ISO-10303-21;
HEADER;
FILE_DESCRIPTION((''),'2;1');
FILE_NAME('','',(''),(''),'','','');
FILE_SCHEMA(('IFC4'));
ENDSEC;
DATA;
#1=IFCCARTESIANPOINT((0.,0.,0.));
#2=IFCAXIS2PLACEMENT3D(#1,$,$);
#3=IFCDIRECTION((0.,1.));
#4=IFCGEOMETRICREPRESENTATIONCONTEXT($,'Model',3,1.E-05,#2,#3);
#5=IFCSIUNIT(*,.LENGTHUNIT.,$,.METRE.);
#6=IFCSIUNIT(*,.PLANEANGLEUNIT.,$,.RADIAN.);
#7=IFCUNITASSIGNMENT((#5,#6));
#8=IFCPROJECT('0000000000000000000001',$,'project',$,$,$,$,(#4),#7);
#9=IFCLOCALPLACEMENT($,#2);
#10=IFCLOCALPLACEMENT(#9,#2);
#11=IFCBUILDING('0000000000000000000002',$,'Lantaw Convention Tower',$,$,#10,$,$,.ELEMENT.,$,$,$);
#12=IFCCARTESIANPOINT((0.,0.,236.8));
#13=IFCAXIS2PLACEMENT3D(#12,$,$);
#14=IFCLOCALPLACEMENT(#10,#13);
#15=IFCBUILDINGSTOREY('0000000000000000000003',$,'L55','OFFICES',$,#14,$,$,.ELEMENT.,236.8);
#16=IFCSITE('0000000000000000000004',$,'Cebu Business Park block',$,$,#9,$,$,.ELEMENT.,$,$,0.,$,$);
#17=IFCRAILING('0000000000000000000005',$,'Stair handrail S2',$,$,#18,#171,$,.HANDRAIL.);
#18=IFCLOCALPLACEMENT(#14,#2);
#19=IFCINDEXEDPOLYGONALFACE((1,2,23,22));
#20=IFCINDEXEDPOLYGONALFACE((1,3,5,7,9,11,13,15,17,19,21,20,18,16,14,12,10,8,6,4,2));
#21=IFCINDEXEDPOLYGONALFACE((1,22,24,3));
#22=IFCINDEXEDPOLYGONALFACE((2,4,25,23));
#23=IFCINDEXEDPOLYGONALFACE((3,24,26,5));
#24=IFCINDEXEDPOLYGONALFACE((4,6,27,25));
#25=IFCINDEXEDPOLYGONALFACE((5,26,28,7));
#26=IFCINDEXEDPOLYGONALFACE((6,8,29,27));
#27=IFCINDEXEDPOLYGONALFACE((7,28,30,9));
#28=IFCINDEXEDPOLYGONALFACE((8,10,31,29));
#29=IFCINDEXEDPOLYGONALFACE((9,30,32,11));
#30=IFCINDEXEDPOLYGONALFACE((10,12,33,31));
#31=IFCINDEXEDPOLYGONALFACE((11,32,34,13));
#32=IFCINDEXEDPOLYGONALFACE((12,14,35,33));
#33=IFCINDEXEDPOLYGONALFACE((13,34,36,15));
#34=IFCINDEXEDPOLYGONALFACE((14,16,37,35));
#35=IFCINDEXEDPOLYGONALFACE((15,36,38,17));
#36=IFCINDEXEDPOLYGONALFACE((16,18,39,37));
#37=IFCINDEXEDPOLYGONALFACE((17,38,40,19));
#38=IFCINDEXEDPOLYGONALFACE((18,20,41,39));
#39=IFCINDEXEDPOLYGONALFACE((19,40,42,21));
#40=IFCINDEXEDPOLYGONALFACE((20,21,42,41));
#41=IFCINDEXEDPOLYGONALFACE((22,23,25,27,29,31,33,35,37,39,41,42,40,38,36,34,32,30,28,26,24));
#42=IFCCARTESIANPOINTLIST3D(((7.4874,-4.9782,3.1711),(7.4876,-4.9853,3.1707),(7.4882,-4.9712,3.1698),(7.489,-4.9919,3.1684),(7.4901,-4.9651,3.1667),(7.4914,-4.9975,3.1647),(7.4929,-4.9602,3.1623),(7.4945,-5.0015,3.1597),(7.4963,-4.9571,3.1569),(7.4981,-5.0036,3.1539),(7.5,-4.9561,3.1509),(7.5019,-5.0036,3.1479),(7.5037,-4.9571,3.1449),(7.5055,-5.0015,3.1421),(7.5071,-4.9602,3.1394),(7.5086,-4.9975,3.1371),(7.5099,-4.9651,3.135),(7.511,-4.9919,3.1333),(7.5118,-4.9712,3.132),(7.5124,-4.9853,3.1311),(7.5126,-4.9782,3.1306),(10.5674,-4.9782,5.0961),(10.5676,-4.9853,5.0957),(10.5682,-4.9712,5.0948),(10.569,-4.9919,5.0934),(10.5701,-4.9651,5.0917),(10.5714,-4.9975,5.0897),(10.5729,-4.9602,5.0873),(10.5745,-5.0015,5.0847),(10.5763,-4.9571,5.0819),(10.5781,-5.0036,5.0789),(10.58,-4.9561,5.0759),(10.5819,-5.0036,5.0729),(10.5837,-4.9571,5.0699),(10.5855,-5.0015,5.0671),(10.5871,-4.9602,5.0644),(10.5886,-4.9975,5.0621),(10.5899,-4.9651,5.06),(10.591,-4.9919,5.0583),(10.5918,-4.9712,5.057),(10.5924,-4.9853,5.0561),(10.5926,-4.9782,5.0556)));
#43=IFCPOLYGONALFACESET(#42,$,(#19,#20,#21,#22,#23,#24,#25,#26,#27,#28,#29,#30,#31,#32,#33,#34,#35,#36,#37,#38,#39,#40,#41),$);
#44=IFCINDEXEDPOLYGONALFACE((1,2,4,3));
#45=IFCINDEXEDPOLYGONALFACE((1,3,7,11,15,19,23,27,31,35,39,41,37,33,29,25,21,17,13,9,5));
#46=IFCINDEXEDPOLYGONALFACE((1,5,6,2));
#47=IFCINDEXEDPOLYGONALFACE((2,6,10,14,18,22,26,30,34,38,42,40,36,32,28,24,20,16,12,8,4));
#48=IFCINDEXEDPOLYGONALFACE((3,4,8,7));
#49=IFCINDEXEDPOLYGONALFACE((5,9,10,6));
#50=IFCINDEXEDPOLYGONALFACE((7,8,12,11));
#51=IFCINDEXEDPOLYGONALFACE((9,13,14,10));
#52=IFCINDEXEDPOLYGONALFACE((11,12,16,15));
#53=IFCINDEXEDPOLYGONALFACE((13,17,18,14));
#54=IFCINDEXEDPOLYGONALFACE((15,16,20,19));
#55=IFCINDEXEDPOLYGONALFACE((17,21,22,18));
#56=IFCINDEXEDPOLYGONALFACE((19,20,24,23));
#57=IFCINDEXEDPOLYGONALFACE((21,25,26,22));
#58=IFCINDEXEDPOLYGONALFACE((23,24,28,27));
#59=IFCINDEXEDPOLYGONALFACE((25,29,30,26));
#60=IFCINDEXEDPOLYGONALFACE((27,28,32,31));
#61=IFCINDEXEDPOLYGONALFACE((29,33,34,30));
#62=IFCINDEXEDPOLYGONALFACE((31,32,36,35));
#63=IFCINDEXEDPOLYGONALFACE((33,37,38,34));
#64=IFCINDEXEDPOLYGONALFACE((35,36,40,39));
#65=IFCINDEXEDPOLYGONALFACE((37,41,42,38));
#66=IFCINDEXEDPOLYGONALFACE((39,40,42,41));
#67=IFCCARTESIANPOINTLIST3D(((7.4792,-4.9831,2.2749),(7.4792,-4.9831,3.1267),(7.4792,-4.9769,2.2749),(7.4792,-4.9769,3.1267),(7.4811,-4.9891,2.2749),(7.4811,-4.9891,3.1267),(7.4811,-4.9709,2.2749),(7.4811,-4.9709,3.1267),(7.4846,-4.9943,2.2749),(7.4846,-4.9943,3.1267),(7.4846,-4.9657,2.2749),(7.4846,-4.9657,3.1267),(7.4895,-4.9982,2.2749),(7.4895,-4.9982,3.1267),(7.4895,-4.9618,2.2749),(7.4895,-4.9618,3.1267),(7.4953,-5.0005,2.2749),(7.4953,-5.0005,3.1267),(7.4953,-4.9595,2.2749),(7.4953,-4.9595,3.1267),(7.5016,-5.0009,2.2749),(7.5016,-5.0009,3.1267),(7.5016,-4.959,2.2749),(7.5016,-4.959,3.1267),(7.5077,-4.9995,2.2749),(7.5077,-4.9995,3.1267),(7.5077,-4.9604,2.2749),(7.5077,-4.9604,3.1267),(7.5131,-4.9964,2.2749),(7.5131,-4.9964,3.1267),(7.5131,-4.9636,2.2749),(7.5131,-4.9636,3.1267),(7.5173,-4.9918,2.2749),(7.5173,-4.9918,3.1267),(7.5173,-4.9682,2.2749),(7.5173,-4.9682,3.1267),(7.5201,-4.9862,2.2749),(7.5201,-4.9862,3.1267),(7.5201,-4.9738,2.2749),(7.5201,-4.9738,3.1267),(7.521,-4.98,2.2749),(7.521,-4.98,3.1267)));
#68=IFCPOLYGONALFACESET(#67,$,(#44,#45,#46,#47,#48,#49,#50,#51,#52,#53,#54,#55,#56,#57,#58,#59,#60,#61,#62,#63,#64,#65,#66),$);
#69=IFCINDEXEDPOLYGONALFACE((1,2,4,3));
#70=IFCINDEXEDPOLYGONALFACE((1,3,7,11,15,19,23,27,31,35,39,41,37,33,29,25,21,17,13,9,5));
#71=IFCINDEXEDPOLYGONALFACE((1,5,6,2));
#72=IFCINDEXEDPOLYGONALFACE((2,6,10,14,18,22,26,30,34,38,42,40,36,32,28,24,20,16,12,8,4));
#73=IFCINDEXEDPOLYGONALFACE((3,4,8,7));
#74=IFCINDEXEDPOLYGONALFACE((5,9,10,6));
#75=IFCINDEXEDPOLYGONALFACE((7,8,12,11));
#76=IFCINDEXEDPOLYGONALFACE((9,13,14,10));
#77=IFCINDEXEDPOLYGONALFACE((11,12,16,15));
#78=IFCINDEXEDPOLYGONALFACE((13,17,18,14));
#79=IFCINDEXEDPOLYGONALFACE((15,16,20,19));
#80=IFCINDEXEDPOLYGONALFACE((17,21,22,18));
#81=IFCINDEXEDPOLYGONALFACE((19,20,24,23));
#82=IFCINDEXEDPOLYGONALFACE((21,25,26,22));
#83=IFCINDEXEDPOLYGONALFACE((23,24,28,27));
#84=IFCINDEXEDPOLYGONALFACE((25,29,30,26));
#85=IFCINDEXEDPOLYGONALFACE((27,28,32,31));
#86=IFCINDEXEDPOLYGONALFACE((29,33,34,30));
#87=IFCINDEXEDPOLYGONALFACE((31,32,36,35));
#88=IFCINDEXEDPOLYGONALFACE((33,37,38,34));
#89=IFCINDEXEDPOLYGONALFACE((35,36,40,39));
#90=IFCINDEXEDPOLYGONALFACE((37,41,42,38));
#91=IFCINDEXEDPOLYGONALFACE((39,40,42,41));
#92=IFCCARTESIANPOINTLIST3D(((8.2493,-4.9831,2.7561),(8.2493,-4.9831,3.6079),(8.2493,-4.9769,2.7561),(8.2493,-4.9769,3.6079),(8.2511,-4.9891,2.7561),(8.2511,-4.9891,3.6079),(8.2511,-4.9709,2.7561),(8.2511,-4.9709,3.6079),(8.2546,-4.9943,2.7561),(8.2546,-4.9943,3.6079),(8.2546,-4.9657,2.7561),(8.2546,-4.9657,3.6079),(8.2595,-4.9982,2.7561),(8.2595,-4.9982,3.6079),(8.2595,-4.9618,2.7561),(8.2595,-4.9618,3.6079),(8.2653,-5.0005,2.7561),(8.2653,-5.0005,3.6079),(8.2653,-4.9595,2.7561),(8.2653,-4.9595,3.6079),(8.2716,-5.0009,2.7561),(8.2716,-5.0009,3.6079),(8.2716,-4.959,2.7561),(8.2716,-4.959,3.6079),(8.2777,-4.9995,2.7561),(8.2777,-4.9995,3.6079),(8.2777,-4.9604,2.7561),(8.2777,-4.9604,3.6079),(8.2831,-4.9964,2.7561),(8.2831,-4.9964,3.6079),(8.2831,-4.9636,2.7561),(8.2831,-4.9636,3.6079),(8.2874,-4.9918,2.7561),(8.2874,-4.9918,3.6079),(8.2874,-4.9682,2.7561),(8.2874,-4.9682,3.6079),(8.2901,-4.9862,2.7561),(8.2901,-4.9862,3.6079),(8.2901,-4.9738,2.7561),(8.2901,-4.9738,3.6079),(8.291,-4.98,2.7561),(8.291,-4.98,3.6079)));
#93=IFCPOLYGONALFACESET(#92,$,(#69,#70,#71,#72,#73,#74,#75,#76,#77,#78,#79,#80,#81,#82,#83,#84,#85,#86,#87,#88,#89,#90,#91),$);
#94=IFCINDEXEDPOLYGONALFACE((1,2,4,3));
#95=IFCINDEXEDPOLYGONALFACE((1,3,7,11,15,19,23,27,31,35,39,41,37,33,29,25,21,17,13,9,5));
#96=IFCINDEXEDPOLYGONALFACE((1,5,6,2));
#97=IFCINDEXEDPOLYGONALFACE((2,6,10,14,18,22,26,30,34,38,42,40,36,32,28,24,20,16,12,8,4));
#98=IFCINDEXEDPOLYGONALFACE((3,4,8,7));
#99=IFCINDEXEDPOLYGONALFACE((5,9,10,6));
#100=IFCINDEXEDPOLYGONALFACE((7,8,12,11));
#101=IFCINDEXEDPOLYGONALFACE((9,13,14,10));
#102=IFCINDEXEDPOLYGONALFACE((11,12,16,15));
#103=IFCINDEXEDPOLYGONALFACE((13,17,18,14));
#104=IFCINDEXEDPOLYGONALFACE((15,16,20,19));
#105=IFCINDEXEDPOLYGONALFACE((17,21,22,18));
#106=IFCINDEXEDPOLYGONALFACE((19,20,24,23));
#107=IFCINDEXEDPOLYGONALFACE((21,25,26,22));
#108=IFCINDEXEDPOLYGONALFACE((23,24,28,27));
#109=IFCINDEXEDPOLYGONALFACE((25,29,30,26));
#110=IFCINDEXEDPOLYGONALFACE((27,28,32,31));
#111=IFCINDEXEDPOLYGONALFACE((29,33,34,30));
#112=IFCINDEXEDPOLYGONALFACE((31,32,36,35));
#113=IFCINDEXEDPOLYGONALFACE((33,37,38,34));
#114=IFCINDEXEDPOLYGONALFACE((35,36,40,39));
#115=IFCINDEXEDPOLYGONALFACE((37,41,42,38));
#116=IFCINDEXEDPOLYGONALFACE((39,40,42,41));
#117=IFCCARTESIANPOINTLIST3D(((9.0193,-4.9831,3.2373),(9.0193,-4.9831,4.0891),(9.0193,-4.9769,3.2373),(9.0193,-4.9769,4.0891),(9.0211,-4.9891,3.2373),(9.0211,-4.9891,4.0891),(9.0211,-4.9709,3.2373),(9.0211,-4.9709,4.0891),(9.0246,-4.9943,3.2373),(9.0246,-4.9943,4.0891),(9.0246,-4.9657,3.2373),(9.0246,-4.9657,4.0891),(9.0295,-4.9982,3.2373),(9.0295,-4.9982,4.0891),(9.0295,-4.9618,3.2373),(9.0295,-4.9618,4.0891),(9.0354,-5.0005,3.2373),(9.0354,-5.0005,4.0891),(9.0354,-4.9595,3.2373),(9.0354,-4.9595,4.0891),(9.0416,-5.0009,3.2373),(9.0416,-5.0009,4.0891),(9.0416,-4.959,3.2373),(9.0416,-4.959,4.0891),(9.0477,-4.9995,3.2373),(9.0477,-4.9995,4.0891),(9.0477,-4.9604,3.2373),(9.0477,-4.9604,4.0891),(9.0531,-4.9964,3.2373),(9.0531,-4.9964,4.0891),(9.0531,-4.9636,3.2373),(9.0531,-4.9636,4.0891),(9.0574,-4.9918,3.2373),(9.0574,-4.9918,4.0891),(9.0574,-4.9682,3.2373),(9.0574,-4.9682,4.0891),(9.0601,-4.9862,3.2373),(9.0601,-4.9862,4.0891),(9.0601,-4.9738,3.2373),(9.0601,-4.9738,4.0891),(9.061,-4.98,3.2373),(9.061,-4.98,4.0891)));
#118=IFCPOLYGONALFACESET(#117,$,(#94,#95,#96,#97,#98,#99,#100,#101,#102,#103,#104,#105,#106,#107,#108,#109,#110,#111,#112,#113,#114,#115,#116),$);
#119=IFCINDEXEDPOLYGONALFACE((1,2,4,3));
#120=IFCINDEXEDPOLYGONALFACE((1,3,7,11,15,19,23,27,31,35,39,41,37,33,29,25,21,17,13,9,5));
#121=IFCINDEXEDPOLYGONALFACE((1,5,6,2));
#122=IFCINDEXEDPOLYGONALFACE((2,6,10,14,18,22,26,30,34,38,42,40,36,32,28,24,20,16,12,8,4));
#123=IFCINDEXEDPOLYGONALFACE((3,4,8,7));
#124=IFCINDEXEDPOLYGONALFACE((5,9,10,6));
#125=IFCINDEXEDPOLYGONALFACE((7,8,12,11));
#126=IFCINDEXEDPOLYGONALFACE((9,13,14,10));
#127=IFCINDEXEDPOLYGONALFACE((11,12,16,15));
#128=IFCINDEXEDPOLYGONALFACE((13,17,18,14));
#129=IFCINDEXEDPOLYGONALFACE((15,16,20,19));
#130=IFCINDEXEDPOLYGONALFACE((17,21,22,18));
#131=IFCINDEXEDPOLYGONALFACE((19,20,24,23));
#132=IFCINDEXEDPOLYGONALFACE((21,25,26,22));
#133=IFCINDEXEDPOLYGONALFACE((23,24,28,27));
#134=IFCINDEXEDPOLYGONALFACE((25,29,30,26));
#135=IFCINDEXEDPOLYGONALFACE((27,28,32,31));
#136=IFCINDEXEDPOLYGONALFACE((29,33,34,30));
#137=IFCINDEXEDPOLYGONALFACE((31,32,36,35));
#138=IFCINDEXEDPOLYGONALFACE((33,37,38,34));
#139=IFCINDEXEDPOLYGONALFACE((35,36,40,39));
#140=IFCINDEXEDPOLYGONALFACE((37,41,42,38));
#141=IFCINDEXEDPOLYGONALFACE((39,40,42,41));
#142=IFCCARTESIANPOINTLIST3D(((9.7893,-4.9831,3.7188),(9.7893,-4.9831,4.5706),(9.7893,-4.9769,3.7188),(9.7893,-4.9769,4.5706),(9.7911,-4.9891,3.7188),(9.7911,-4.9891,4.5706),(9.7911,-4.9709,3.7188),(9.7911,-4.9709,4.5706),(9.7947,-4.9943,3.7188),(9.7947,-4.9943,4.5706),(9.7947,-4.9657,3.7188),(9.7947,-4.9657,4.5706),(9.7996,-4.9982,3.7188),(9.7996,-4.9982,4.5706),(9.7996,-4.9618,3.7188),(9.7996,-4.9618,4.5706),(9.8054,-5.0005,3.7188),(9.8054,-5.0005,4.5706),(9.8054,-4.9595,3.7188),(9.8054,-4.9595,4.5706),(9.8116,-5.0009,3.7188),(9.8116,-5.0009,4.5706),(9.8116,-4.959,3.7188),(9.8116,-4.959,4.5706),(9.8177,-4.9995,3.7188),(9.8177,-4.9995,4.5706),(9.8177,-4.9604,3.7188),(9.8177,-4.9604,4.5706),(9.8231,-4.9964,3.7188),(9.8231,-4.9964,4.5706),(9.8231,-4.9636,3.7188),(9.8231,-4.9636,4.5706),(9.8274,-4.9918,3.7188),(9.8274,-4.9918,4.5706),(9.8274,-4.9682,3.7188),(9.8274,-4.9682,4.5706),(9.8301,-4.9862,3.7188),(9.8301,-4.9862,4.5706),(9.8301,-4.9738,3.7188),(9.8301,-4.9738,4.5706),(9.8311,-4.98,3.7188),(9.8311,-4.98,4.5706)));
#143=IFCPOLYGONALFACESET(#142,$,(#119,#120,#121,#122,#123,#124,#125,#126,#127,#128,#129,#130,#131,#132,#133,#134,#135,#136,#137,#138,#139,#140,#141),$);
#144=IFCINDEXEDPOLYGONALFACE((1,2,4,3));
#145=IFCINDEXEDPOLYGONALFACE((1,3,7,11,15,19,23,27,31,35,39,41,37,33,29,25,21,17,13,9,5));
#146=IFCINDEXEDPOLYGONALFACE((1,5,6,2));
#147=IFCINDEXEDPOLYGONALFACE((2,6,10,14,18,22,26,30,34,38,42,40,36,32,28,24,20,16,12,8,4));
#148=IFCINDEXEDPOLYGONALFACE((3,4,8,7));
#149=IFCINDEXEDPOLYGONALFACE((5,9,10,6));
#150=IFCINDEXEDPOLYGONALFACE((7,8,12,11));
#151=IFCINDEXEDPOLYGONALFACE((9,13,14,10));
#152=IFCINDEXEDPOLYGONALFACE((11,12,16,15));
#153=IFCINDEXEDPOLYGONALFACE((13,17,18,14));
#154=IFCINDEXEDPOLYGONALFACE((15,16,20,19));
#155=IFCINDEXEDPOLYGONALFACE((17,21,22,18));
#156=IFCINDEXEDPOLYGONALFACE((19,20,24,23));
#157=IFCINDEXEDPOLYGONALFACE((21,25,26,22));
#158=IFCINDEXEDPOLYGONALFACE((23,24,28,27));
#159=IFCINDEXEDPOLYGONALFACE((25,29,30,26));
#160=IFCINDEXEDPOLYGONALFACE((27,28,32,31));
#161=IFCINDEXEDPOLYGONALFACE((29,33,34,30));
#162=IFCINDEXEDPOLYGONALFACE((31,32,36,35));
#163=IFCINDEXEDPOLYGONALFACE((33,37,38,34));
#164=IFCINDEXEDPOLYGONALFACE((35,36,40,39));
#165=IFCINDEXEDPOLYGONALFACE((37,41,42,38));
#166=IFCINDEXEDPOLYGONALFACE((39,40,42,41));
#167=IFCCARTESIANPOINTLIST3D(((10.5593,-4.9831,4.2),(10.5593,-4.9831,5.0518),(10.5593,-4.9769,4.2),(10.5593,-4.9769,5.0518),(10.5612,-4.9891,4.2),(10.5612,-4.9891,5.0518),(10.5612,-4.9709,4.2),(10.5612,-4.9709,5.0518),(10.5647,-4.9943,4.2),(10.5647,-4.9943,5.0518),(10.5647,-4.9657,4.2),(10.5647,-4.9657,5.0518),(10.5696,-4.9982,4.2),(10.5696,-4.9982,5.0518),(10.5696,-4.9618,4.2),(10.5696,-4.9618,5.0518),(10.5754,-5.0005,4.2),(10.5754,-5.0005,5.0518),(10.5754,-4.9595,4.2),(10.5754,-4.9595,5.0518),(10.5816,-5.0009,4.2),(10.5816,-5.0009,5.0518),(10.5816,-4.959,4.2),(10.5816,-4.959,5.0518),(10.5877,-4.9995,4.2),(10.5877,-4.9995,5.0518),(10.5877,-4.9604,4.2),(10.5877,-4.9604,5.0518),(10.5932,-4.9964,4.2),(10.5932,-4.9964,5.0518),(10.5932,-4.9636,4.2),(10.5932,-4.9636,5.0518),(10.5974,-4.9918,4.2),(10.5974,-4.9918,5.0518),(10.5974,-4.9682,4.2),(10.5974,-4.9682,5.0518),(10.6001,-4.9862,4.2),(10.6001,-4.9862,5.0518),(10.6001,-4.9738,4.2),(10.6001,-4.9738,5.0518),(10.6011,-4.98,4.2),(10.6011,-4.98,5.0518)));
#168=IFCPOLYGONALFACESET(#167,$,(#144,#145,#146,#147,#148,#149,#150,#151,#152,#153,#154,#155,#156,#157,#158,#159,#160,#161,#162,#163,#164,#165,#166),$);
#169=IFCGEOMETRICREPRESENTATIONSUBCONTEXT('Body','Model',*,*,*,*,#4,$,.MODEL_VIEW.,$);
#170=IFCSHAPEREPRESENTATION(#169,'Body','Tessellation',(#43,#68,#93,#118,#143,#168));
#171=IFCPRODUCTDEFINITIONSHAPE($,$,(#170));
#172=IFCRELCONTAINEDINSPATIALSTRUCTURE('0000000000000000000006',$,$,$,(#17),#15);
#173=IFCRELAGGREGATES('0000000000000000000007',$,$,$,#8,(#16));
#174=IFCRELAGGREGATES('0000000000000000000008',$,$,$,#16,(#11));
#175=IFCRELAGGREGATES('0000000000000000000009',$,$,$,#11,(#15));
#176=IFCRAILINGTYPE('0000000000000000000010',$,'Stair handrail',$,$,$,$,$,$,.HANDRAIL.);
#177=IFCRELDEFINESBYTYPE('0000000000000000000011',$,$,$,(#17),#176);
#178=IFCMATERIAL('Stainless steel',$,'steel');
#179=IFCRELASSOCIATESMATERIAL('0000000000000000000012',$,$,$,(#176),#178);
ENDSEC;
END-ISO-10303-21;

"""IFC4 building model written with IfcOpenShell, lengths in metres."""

from ifc_helpers import new_model, si_unit, direction, frame, origin, origin_2d, place, context, subcontext, project, spatial, circle, extrude, material, type_object, element, save


model = new_model("IFC4")

# Units and contexts
model_context = context("Model", 3, precision=1e-05, world=origin(), true_north=direction((0.0, 1.0)))
body_context = subcontext(model_context, "Body", "Model", "MODEL_VIEW")
ifc_project = project(units=[si_unit("LENGTHUNIT", "METRE"), si_unit("PLANEANGLEUNIT", "RADIAN")], contexts=[model_context])

# Site, building, storey
site_placement = place(None, origin())
site = spatial("IfcSite", under=ifc_project, at=site_placement, Name="Cebu Business Park block", CompositionType="ELEMENT", RefElevation=0.0)
building_placement = place(site_placement, origin())
building = spatial("IfcBuilding", under=site, at=building_placement, Name="Lantaw Convention Tower", CompositionType="ELEMENT")
storey_placement = place(building_placement, frame((0.0, 0.0, 236.8)))
storey = spatial("IfcBuildingStorey", under=building, at=storey_placement, Name="L55", Description="OFFICES", CompositionType="ELEMENT", Elevation=236.8)

# Railing
ifc_material_1 = material(Name="Stainless steel", Category="steel")
railing_type = type_object("IfcRailingType", Name="Stair handrail", PredefinedType="HANDRAIL", material=ifc_material_1)
railing_1_placement = place(storey_placement, frame((7.5, -4.98, 2.2749)))
element("IfcRailing", 1, at=railing_1_placement, inside=storey, type_object=railing_type, Name="Stair handrail S2", PredefinedType="HANDRAIL", context=body_context, shape_type="SweptSolid", body=[
    extrude(circle(Radius=0.0239, at=origin_2d()), frame((0.0, 0.0, 0.876), z_axis=(0.847998, 0.0, 0.529999), x_axis=(0.0, 1.0, 0.0)), (0.0, 0.0, 1.0), 3.6321),
    extrude(circle(Radius=0.021, at=origin_2d()), origin(), (0.0, 0.0, 1.0), 0.8518),
    extrude(circle(Radius=0.021, at=origin_2d()), frame((0.77, 0.0, 0.4812)), (0.0, 0.0, 1.0), 0.8518),
    extrude(circle(Radius=0.021, at=origin_2d()), frame((1.54, 0.0, 0.9624)), (0.0, 0.0, 1.0), 0.8518),
    extrude(circle(Radius=0.021, at=origin_2d()), frame((2.3101, 0.0, 1.4438)), (0.0, 0.0, 1.0), 0.8518),
    extrude(circle(Radius=0.021, at=origin_2d()), frame((3.0801, 0.0, 1.925)), (0.0, 0.0, 1.0), 0.8518),
])

save(model, "model.ifc")
